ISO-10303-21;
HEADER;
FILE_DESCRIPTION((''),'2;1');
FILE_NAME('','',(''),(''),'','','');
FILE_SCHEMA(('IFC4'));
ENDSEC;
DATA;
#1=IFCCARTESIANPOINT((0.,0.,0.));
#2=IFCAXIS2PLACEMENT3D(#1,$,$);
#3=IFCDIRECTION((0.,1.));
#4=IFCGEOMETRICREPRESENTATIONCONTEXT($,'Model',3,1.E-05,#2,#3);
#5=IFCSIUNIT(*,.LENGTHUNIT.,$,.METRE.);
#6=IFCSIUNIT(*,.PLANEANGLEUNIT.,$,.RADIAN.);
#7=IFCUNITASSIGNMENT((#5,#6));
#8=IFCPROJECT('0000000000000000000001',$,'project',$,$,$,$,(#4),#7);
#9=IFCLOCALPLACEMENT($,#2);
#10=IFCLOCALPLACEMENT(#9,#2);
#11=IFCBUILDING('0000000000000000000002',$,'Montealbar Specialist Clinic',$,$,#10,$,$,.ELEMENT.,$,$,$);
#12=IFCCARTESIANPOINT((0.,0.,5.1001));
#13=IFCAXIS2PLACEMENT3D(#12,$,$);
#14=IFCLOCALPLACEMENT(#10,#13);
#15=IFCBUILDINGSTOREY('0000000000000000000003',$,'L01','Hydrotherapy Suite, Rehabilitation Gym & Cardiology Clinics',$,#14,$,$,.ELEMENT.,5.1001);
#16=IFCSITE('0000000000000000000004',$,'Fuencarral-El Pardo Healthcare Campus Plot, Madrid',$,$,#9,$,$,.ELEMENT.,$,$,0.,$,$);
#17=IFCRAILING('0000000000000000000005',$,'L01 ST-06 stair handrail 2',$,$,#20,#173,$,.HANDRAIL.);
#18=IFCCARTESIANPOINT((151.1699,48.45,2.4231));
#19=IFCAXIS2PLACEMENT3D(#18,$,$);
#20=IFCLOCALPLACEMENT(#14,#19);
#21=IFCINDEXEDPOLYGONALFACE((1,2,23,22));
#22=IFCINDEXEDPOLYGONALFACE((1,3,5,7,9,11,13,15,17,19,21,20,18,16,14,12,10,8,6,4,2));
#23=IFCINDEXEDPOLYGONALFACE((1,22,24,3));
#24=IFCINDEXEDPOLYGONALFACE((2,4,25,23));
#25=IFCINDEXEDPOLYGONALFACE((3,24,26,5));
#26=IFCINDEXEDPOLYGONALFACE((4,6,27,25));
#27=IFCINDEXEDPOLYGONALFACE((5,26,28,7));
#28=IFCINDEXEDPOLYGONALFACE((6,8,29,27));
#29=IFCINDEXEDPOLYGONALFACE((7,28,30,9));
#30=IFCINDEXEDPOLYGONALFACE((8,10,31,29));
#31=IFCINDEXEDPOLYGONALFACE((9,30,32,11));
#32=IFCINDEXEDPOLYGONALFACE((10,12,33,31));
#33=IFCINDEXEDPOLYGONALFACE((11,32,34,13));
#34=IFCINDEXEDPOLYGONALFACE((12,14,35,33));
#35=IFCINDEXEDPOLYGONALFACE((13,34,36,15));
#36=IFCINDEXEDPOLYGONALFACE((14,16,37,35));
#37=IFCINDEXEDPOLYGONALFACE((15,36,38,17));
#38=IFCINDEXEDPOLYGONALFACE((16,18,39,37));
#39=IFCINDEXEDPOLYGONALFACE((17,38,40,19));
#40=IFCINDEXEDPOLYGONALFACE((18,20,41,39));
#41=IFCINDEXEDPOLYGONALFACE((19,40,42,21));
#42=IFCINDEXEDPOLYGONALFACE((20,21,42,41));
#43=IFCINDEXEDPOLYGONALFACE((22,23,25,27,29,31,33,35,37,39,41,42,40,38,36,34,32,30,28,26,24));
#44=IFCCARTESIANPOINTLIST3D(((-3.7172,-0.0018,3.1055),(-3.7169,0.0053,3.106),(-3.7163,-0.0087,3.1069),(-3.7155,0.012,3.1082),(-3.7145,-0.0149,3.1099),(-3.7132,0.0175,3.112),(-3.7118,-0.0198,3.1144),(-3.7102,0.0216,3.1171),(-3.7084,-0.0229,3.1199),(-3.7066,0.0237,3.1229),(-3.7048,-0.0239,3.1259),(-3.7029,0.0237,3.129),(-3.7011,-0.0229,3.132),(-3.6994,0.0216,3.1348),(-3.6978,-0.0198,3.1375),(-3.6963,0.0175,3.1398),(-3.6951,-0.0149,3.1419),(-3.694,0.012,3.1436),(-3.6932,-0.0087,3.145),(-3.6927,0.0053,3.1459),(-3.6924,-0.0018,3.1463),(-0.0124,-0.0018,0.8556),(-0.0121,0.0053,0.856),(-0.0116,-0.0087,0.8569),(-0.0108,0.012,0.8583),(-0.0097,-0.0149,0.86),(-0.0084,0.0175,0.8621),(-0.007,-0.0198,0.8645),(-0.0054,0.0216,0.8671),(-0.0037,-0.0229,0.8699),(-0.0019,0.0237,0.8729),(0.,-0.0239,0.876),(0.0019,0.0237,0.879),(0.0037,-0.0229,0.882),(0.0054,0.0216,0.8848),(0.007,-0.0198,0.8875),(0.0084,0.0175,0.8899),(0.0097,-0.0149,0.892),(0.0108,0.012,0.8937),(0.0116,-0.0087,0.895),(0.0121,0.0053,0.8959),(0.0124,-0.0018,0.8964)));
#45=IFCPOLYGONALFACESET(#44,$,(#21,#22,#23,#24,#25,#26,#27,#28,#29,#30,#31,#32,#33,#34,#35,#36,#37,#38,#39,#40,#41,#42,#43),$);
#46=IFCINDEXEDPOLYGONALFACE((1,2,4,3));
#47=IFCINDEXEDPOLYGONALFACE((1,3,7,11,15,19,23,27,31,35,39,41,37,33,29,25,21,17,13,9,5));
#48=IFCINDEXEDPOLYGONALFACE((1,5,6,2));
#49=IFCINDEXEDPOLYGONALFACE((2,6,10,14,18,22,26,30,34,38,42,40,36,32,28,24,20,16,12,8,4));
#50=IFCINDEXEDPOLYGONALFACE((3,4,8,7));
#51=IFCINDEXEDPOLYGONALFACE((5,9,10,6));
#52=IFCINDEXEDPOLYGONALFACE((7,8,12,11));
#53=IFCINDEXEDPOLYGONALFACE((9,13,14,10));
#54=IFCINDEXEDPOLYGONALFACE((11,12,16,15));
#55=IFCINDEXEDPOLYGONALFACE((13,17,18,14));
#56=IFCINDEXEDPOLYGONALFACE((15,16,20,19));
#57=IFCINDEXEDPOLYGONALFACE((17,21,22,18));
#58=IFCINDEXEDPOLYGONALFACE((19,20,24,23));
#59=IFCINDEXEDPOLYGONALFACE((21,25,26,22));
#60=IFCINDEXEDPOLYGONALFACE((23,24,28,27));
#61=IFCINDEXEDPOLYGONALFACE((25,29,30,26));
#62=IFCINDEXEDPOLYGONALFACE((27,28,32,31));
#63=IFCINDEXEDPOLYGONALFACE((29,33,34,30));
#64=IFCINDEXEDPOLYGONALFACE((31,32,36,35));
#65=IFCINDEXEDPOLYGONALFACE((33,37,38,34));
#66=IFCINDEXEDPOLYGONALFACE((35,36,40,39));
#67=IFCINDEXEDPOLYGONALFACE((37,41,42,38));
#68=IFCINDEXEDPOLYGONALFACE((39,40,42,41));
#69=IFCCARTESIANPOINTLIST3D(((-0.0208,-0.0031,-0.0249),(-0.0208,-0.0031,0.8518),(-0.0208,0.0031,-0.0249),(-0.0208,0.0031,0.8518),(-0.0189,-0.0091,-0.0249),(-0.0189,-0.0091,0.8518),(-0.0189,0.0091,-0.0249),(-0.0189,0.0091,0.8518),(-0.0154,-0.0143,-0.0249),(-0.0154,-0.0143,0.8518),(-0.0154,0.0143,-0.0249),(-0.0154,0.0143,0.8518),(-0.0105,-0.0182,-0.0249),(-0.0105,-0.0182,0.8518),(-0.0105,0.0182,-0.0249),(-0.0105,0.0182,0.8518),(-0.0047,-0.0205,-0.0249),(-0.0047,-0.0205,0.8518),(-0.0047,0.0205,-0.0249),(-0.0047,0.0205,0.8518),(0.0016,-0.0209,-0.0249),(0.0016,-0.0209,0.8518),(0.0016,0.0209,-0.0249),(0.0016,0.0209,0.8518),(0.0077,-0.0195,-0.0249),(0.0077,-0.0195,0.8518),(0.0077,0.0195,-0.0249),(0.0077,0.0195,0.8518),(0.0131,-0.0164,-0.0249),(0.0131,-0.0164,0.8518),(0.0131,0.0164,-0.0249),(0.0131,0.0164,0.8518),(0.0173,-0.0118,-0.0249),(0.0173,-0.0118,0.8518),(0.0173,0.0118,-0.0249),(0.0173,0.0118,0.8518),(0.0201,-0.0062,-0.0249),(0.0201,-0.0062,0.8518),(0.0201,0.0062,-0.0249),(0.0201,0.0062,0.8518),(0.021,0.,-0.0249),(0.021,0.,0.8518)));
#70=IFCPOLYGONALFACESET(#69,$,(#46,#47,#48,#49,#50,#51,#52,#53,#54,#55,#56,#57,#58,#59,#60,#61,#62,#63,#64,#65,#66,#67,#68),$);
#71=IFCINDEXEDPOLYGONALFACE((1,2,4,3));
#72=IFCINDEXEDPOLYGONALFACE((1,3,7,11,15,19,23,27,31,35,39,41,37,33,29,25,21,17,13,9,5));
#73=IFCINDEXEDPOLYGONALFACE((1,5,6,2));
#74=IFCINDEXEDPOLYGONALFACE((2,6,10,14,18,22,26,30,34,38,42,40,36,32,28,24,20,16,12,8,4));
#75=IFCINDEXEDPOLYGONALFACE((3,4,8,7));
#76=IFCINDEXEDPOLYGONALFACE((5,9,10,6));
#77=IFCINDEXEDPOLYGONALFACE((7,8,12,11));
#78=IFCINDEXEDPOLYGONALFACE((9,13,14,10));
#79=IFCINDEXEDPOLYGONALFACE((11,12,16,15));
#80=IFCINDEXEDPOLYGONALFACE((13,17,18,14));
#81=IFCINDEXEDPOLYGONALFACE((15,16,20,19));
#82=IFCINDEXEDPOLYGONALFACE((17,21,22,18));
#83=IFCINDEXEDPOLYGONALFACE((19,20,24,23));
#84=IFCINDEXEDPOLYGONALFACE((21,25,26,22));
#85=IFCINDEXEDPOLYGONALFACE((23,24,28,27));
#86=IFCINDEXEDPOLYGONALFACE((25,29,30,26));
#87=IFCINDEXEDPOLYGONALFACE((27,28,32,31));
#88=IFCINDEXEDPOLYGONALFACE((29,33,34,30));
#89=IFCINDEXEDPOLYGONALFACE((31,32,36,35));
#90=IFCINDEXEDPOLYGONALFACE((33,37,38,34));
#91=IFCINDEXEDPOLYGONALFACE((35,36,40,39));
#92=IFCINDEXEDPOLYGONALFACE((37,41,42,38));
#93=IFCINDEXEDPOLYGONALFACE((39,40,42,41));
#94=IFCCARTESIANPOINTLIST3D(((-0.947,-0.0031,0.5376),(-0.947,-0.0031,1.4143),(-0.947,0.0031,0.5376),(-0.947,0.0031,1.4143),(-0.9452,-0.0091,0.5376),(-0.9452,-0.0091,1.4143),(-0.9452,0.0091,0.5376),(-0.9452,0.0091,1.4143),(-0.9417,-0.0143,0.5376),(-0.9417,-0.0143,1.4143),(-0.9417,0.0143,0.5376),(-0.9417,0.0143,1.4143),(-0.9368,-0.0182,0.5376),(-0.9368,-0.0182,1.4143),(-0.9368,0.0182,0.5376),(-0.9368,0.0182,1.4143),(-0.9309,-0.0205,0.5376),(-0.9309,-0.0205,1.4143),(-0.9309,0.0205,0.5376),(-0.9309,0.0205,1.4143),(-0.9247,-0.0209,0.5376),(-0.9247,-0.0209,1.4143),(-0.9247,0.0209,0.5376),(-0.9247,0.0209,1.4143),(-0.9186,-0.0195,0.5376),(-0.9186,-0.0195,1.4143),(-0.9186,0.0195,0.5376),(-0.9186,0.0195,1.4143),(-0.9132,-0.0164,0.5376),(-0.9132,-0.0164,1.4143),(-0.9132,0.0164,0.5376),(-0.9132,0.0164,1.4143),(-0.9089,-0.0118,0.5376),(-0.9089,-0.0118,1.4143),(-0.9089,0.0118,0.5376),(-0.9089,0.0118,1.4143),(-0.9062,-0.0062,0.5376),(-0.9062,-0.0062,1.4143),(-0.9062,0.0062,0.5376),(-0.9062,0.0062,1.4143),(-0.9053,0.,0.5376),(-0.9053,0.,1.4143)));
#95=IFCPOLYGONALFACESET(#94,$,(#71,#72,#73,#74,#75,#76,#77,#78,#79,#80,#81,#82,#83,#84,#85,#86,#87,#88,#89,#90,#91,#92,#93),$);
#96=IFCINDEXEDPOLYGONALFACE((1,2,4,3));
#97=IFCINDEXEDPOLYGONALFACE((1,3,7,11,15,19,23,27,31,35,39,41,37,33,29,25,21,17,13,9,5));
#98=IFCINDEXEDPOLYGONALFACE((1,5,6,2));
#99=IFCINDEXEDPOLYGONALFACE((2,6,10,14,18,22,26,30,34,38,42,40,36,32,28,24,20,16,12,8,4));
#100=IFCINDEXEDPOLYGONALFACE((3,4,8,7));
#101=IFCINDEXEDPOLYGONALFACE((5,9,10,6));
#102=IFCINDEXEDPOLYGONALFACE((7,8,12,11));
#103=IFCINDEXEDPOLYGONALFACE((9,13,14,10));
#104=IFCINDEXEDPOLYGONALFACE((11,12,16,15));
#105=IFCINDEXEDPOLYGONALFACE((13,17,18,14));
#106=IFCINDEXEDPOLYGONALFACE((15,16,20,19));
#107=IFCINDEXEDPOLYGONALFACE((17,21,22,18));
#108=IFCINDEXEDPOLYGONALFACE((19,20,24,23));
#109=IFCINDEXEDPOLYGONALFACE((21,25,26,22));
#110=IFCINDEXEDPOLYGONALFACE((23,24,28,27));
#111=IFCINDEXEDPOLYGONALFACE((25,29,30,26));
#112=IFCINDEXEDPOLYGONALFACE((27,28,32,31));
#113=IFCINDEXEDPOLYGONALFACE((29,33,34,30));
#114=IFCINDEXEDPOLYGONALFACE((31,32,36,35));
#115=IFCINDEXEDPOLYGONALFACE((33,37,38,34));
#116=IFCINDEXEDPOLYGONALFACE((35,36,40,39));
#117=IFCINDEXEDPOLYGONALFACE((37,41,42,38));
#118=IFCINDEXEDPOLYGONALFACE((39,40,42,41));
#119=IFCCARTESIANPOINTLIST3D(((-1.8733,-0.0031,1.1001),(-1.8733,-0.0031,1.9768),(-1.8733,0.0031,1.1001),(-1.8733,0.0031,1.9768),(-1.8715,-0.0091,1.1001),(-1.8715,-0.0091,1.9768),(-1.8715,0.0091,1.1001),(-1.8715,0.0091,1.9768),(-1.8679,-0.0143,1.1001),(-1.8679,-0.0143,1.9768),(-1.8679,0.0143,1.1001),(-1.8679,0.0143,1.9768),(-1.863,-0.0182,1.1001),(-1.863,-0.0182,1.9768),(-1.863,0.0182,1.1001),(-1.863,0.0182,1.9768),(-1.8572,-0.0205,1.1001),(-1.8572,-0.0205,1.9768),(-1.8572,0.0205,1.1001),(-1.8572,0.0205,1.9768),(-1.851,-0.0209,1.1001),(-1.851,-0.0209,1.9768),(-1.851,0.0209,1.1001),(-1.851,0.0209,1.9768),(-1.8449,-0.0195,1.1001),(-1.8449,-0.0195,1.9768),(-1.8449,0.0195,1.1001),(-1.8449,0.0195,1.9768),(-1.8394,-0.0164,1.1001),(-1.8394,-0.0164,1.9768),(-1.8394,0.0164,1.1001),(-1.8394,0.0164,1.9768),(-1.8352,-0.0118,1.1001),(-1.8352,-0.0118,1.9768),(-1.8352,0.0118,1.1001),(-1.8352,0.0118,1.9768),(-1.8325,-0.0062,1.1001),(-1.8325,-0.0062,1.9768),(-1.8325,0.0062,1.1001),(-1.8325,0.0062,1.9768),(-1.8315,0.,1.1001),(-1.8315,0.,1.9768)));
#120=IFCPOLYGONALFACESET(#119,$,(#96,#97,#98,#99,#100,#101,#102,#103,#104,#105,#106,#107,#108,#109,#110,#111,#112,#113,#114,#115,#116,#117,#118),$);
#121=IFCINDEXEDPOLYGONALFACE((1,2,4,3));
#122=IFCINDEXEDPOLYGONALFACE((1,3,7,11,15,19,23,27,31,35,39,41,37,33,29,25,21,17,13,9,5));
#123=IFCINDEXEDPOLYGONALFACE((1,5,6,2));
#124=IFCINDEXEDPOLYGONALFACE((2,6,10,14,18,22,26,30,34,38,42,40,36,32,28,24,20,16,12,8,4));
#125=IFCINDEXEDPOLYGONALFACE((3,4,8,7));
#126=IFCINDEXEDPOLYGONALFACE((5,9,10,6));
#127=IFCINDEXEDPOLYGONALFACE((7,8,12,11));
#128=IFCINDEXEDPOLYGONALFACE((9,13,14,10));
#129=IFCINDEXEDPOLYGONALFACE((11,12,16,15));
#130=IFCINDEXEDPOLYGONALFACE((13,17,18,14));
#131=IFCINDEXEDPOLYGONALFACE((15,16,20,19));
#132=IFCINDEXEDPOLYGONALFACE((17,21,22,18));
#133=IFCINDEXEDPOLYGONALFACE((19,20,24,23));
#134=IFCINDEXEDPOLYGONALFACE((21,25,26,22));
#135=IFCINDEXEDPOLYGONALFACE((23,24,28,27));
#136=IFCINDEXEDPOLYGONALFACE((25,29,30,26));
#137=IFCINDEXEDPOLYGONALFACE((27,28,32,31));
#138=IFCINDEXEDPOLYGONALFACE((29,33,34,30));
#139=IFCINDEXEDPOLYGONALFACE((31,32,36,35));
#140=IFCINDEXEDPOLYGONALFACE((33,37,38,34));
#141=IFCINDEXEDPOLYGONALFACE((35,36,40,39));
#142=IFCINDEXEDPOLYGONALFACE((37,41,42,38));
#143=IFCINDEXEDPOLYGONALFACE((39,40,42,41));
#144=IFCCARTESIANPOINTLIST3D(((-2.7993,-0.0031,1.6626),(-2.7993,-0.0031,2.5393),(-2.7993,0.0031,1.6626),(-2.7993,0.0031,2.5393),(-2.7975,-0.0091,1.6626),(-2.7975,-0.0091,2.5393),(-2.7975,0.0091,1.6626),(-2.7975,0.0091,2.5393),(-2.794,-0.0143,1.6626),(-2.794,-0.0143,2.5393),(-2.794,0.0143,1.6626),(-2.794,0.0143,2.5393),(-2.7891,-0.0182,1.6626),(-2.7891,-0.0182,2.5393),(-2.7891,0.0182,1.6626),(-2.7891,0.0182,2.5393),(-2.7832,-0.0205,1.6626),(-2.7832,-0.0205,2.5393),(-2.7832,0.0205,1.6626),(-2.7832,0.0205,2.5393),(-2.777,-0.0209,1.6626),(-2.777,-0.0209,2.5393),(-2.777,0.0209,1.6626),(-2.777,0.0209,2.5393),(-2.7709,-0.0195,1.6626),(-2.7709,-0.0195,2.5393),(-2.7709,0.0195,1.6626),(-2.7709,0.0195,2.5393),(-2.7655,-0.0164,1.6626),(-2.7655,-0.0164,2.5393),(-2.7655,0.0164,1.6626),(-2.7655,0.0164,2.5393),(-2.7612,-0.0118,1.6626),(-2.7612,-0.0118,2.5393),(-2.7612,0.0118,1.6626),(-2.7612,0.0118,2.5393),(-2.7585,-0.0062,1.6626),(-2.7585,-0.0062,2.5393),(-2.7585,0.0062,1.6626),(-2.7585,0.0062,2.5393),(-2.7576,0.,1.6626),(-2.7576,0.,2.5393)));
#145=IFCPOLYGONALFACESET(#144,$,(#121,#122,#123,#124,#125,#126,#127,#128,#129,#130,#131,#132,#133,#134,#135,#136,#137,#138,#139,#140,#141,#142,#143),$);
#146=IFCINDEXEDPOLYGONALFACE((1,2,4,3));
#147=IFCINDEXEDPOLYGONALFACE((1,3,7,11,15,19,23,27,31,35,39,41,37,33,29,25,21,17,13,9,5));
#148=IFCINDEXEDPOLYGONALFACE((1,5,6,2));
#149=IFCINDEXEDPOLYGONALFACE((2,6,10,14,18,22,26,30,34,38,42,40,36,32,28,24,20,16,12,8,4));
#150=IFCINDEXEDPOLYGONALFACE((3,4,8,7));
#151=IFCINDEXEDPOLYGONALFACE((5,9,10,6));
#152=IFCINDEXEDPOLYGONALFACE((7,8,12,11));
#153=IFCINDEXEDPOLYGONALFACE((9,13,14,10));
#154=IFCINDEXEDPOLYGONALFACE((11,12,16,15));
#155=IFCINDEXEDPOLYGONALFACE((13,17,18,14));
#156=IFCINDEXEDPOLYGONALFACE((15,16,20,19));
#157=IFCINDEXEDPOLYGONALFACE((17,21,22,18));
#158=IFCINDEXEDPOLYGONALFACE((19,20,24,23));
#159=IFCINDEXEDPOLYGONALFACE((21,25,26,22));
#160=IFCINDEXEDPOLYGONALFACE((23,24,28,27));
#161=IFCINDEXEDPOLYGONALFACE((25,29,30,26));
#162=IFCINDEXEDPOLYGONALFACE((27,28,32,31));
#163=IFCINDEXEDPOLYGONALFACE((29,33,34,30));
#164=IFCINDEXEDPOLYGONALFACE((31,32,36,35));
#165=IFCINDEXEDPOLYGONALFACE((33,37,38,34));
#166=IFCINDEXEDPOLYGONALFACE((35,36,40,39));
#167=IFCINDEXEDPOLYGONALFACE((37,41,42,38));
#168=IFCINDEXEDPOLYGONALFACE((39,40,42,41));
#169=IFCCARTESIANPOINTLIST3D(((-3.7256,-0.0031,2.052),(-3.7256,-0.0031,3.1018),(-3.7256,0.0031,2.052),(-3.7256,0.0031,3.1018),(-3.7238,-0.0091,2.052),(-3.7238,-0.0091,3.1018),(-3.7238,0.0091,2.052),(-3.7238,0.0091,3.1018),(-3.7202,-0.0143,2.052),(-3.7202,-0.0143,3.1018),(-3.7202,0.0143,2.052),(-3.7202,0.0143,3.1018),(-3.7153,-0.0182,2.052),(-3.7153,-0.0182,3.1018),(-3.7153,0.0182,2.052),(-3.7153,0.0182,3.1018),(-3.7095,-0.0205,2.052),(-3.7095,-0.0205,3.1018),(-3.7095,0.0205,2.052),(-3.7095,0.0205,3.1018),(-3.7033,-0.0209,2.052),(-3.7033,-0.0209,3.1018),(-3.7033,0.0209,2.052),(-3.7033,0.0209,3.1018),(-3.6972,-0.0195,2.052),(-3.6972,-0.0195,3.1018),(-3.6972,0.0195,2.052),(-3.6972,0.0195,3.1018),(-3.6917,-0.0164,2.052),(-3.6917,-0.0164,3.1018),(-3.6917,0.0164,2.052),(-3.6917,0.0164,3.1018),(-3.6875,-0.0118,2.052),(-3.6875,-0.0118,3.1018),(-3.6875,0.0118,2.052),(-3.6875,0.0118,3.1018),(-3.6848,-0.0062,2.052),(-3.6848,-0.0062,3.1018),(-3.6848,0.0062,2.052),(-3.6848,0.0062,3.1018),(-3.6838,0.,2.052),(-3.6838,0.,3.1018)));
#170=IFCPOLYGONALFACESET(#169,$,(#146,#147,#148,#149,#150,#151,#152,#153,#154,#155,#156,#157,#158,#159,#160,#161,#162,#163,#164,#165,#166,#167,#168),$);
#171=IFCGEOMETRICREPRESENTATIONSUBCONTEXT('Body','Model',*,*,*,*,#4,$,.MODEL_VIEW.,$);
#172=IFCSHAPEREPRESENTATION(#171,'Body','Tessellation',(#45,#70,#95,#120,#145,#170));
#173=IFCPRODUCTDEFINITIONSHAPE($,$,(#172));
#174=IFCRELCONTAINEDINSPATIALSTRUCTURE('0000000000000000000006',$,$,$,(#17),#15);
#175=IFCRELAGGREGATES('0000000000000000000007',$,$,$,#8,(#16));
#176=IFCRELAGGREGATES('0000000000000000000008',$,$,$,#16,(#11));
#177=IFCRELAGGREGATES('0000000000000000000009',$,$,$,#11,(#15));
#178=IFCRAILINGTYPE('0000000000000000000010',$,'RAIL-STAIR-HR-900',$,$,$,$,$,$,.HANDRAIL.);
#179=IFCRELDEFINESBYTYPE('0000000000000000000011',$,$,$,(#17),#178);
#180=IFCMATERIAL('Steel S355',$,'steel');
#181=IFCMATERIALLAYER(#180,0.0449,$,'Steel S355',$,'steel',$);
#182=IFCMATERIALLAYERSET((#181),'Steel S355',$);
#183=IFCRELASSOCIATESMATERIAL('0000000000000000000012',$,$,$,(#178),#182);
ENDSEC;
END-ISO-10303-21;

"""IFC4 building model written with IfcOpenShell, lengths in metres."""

from ifc_helpers import new_model, si_unit, direction, frame, origin, origin_2d, place, context, subcontext, project, spatial, circle, extrude, material, layer, layer_set, type_object, element, save


model = new_model("IFC4")

# Units and contexts
model_context = context("Model", 3, precision=1e-05, world=origin(), true_north=direction((0.0, 1.0)))
body_context = subcontext(model_context, "Body", "Model", "MODEL_VIEW")
ifc_project = project(units=[si_unit("LENGTHUNIT", "METRE"), si_unit("PLANEANGLEUNIT", "RADIAN")], contexts=[model_context])

# Site, building, storey
site_placement = place(None, origin())
site = spatial("IfcSite", under=ifc_project, at=site_placement, Name="Fuencarral-El Pardo Healthcare Campus Plot, Madrid", CompositionType="ELEMENT", RefElevation=0.0)
building_placement = place(site_placement, origin())
building = spatial("IfcBuilding", under=site, at=building_placement, Name="Montealbar Specialist Clinic", CompositionType="ELEMENT")
storey_placement = place(building_placement, frame((0.0, 0.0, 5.1001)))
storey = spatial("IfcBuildingStorey", under=building, at=storey_placement, Name="L01", Description="Hydrotherapy Suite, Rehabilitation Gym & Cardiology Clinics", CompositionType="ELEMENT", Elevation=5.1001)

# Shared definitions
ifc_material_1 = material(Name="Steel S355", Category="steel")

# Railing
ifc_layer_1 = layer(ifc_material_1, 0.0449, Name="Steel S355", Category="steel")
ifc_layer_set_1 = layer_set([ifc_layer_1], Name="Steel S355")
railing_type = type_object("IfcRailingType", Name="RAIL-STAIR-HR-900", PredefinedType="HANDRAIL", material=ifc_layer_set_1)
railing_placement = place(storey_placement, frame((151.1699, 48.45, 2.4231)))
element("IfcRailing", 1, at=railing_placement, inside=storey, type_object=railing_type, Name="L01 ST-06 stair handrail 2", PredefinedType="HANDRAIL", context=body_context, shape_type="SweptSolid", body=[
    extrude(circle(Radius=0.0239, at=origin_2d()), frame((0.0, 0.0, 0.876), z_axis=(-0.854722, 0.0, 0.519085), x_axis=(0.0, -1.0, 0.0)), (0.0, 0.0, 1.0), 4.3345),
    extrude(circle(Radius=0.021, at=origin_2d()), frame((0.0, 0.0, -0.0249)), (0.0, 0.0, 1.0), 0.8767),
    extrude(circle(Radius=0.021, at=origin_2d()), frame((-0.9263, 0.0, 0.5376)), (0.0, 0.0, 1.0), 0.8767),
    extrude(circle(Radius=0.021, at=origin_2d()), frame((-1.8525, 0.0, 1.1001)), (0.0, 0.0, 1.0), 0.8767),
    extrude(circle(Radius=0.021, at=origin_2d()), frame((-2.7786, 0.0, 1.6626)), (0.0, 0.0, 1.0), 0.8767),
    extrude(circle(Radius=0.021, at=origin_2d()), frame((-3.7048, 0.0, 2.052)), (0.0, 0.0, 1.0), 1.0498),
])

save(model, "model.ifc")
